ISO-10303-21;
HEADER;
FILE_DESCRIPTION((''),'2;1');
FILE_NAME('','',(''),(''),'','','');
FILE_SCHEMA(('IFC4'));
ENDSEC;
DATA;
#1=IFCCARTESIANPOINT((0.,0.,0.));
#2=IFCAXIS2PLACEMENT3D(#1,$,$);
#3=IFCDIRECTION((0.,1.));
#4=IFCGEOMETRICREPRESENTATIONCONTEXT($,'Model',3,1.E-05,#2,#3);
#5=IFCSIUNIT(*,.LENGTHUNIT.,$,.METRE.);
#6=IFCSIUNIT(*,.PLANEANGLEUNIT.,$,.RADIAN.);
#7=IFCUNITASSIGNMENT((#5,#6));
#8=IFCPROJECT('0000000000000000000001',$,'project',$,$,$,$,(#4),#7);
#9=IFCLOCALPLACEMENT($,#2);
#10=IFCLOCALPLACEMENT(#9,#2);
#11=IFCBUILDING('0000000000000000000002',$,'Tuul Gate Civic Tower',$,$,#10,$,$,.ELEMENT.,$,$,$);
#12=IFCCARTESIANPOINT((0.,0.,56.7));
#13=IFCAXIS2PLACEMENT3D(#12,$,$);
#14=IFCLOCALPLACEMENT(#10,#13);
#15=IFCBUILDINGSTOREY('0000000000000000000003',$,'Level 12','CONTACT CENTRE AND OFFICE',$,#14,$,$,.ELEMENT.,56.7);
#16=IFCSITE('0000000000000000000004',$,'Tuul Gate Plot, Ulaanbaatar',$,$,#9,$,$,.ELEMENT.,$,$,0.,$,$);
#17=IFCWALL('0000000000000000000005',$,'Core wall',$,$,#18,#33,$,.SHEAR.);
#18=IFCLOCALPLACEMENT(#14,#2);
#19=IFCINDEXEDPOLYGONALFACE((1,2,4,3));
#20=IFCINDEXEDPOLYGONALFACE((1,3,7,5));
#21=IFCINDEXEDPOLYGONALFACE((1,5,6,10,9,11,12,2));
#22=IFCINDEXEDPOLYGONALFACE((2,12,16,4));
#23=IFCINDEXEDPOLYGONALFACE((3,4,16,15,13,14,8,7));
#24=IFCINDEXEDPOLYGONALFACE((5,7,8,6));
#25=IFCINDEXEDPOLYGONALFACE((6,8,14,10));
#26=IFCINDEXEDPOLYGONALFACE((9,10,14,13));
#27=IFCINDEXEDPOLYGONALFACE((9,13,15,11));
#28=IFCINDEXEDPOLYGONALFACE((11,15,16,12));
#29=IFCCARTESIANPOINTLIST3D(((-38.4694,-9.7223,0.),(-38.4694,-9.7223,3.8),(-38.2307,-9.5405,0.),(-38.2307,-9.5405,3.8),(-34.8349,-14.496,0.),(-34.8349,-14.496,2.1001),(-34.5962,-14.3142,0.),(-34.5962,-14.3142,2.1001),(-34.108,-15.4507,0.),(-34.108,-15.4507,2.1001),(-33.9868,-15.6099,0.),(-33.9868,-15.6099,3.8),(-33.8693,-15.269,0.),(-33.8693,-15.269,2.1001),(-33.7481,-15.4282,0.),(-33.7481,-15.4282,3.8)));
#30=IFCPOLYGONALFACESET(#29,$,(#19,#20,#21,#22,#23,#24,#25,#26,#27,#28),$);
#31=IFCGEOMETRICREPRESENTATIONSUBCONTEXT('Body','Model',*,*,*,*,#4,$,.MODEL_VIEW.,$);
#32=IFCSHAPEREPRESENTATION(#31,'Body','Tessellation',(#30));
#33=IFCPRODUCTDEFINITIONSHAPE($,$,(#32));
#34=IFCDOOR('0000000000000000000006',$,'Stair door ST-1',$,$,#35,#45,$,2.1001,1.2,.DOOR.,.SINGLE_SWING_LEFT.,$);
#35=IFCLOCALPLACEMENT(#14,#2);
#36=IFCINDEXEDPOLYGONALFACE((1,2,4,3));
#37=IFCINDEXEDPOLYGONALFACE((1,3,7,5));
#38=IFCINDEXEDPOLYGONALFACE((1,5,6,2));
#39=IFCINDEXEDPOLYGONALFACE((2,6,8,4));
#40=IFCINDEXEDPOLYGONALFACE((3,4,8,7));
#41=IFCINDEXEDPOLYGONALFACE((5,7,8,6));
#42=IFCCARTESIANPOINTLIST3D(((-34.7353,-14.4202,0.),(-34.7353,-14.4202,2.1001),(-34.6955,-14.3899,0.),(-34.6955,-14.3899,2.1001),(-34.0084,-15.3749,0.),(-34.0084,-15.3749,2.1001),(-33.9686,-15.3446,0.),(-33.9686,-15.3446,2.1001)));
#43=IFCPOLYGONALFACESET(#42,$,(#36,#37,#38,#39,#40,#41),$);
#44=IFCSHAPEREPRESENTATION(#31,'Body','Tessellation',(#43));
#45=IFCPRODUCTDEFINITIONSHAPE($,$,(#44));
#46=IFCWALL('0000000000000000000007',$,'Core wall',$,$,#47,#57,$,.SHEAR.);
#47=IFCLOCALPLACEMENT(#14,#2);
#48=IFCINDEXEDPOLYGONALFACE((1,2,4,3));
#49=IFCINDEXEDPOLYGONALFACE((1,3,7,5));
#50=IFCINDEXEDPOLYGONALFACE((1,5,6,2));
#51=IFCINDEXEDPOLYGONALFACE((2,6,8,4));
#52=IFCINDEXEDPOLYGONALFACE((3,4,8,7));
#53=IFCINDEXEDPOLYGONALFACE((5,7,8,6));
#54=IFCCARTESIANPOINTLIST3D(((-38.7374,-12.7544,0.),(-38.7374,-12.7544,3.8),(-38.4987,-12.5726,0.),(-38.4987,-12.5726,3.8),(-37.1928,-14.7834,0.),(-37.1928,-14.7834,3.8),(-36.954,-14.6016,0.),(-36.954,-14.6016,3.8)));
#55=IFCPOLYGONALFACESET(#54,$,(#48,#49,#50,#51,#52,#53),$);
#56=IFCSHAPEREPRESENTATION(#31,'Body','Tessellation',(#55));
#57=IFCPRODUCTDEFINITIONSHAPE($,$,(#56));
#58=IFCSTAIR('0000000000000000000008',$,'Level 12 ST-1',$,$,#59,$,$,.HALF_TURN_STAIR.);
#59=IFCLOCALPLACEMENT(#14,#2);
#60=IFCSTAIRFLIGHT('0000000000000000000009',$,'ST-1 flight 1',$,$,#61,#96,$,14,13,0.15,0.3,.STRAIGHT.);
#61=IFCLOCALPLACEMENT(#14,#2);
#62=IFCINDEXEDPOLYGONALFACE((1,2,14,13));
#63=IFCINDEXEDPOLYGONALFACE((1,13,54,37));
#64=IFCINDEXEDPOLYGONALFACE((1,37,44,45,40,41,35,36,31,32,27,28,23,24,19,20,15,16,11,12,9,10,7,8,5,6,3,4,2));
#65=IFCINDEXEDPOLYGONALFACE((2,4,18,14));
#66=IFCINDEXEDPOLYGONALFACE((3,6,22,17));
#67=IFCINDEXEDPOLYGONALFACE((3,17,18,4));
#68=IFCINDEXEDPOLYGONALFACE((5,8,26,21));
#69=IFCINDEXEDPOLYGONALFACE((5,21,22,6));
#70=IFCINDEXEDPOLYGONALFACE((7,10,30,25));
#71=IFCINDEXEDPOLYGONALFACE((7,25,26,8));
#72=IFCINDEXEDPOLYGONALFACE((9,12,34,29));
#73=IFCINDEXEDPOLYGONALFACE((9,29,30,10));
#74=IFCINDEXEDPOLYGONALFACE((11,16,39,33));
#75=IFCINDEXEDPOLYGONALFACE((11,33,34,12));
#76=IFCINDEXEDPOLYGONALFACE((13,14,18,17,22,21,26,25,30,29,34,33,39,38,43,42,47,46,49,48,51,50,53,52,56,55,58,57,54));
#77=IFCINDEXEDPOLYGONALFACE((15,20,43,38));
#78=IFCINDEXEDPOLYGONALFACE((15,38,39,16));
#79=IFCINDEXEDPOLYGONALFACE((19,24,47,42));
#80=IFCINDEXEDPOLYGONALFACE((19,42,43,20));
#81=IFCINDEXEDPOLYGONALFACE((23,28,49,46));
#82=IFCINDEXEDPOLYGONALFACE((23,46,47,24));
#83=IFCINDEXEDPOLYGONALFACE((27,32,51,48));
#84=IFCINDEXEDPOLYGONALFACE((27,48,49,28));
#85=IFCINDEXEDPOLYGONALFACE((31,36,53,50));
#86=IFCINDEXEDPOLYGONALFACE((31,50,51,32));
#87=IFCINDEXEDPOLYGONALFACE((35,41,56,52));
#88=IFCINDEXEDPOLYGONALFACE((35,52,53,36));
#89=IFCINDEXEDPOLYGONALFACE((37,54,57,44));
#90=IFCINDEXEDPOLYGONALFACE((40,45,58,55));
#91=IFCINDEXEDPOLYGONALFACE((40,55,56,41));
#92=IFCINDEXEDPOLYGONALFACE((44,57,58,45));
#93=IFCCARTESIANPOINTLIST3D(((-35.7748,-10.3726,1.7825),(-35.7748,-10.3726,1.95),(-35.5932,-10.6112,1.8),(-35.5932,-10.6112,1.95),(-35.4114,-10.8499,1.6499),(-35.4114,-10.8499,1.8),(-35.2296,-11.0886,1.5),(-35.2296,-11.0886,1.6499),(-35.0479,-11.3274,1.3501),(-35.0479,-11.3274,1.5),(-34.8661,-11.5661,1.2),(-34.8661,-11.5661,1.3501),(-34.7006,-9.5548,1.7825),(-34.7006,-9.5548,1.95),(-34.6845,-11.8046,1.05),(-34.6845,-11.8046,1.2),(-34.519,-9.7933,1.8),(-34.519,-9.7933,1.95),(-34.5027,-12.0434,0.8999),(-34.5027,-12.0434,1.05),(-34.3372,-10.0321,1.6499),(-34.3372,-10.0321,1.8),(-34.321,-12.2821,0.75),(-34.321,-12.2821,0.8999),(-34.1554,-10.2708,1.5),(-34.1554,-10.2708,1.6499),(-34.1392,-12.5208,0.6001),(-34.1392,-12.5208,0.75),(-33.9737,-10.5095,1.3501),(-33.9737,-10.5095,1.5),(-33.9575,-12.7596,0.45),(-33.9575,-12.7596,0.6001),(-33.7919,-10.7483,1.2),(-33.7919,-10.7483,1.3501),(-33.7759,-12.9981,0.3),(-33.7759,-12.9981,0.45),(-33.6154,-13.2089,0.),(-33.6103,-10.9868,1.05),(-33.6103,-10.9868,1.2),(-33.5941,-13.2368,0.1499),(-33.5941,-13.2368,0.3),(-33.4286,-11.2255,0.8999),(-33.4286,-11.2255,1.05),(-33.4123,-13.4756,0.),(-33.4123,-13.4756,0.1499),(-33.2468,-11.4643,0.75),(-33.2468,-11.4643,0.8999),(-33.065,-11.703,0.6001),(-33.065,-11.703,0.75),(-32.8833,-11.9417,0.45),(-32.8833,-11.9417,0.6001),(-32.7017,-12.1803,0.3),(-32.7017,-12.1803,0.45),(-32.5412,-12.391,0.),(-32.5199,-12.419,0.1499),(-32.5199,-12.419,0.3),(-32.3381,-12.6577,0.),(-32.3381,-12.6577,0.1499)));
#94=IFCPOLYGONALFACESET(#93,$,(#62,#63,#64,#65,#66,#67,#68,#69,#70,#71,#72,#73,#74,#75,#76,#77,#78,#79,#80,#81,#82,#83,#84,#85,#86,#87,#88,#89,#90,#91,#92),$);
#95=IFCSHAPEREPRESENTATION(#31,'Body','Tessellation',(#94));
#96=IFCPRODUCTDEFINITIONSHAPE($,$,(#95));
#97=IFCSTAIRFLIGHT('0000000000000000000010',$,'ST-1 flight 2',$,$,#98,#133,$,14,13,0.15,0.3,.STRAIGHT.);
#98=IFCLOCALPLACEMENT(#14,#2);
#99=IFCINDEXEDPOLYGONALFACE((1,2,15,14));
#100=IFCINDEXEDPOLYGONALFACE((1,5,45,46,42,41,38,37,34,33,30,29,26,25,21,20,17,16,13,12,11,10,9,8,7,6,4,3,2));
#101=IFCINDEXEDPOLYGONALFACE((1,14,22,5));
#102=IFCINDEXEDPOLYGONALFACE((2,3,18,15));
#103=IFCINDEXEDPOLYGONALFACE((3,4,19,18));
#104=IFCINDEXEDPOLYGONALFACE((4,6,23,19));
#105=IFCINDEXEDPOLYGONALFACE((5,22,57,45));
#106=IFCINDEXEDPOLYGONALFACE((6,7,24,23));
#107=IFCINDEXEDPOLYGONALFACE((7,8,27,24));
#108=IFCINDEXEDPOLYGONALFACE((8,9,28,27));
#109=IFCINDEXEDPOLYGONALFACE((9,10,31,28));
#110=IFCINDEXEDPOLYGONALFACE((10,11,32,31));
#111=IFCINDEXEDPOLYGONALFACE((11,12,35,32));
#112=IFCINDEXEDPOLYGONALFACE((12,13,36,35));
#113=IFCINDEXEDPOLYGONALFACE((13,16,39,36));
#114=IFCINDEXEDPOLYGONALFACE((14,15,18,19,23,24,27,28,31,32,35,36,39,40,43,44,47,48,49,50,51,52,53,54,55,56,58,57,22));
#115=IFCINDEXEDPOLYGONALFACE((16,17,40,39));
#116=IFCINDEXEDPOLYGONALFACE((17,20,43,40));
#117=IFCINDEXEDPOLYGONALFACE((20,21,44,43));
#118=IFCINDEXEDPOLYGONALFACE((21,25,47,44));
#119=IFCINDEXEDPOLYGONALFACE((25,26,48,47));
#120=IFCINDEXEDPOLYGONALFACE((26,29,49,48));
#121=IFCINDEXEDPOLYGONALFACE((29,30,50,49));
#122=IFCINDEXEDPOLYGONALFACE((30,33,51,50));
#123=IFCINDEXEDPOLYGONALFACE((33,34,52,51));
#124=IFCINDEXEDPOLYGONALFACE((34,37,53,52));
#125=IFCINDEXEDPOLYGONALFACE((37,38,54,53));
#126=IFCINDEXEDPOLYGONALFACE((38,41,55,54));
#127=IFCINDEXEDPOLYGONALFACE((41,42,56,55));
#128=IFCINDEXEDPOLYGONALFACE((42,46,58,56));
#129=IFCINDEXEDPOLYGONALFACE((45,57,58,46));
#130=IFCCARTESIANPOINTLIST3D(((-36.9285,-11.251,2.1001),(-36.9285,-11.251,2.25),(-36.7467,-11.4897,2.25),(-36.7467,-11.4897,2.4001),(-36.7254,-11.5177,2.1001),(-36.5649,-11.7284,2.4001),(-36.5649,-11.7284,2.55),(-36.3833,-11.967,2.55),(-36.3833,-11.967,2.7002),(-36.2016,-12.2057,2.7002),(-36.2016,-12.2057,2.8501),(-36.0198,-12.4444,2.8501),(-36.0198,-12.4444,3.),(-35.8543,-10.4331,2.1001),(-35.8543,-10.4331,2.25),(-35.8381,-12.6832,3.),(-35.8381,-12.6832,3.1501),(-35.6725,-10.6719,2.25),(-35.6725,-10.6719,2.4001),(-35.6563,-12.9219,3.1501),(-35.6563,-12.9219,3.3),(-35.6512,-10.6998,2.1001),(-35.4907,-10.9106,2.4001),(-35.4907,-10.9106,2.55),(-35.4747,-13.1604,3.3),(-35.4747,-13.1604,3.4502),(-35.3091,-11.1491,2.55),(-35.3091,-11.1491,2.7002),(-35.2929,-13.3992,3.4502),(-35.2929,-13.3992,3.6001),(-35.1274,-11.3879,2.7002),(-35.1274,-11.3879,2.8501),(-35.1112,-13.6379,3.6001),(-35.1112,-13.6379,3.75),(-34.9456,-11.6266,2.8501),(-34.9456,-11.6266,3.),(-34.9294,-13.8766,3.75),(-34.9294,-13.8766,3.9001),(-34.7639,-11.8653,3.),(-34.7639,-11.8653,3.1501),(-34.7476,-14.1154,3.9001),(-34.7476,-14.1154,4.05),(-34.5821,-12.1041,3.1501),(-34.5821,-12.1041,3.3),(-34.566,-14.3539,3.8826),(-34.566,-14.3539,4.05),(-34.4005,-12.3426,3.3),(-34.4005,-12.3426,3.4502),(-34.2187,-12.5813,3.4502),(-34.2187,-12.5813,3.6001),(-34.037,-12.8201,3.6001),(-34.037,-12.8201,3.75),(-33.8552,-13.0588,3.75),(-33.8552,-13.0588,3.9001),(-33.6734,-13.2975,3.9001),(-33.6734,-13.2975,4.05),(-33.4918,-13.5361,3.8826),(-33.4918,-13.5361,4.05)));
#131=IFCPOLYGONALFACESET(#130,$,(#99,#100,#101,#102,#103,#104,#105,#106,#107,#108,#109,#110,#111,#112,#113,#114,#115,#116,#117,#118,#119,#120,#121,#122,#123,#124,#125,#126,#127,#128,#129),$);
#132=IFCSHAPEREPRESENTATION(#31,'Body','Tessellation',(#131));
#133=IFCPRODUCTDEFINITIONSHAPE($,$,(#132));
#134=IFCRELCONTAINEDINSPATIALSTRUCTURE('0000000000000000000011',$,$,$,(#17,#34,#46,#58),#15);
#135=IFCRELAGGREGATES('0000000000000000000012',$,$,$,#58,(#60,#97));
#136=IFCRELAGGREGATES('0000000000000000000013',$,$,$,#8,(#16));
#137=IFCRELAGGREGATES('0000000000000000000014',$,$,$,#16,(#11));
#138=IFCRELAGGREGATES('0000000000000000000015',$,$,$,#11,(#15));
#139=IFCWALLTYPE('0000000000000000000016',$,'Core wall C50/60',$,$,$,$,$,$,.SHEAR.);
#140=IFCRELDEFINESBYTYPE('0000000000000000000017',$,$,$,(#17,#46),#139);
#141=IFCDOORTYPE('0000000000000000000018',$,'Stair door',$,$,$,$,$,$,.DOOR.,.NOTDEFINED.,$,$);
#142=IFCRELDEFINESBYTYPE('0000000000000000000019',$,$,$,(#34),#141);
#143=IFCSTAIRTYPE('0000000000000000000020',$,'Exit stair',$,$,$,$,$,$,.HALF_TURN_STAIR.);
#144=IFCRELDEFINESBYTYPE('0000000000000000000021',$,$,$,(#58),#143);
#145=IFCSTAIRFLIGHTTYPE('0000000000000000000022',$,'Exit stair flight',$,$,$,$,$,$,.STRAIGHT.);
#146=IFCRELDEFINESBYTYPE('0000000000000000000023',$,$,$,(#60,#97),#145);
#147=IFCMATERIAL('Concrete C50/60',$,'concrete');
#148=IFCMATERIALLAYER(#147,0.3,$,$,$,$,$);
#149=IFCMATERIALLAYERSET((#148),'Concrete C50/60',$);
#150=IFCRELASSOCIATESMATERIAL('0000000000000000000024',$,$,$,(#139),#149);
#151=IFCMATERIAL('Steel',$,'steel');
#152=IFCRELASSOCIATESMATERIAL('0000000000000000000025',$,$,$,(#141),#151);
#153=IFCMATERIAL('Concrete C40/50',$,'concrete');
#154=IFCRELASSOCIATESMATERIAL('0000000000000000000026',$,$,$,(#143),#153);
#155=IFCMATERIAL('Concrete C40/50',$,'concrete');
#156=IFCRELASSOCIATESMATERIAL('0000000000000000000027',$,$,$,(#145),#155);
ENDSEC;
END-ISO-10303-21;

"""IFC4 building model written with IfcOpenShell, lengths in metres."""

from ifc_helpers import new_model, si_unit, direction, frame, frame_2d, origin, place, context, subcontext, project, spatial, polyline, rectangle, outline, extrude, material, layer, layer_set, type_object, element, fill, aggregate, save


model = new_model("IFC4")

# Units and contexts
model_context = context("Model", 3, precision=1e-05, world=origin(), true_north=direction((0.0, 1.0)))
body_context = subcontext(model_context, "Body", "Model", "MODEL_VIEW")
ifc_project = project(units=[si_unit("LENGTHUNIT", "METRE"), si_unit("PLANEANGLEUNIT", "RADIAN")], contexts=[model_context])

# Site, building, storey
site_placement = place(None, origin())
site = spatial("IfcSite", under=ifc_project, at=site_placement, Name="Tuul Gate Plot, Ulaanbaatar", CompositionType="ELEMENT", RefElevation=0.0)
building_placement = place(site_placement, origin())
building = spatial("IfcBuilding", under=site, at=building_placement, Name="Tuul Gate Civic Tower", CompositionType="ELEMENT")
storey_placement = place(building_placement, frame((0.0, 0.0, 56.7)))
storey = spatial("IfcBuildingStorey", under=building, at=storey_placement, Name="Level 12", Description="CONTACT CENTRE AND OFFICE", CompositionType="ELEMENT", Elevation=56.7)

# Shared definitions
ifc_material_1 = material(Name="Concrete C50/60", Category="concrete")
ifc_layer = layer(ifc_material_1, 0.3)
ifc_layer_set = layer_set([ifc_layer], Name="Concrete C50/60")
wall_type = type_object("IfcWallType", Name="Core wall C50/60", PredefinedType="SHEAR", material=ifc_layer_set)

# Wall, opening, door
wall_1_placement = place(storey_placement, frame((-33.8674, -15.519, 0.0), z_axis=(0.0, 0.0, 1.0), x_axis=(-0.60577, 0.79564, 0.0)))
wall_1 = element("IfcWall", 1, at=wall_1_placement, inside=storey, type_object=wall_type, Name="Core wall", PredefinedType="SHEAR", context=body_context, shape_type="SweptSolid", body=[
    extrude(rectangle(XDim=7.3999, YDim=0.3, at=frame_2d((3.7, 0.0))), origin(), (0.0, 0.0, 1.0), 3.8),
])
opening_1_placement = place(wall_1_placement, frame((0.2, 0.0, 0.0)))
opening_1 = element("IfcOpeningElement", 2, at=opening_1_placement, cuts=wall_1, PredefinedType="OPENING", context=body_context, shape_type="SweptSolid", body=[
    extrude(rectangle(XDim=1.2, YDim=2.1001, at=frame_2d((0.6001, 1.05))), frame((0.0, 0.1602, 0.0), z_axis=(0.0, -1.0, 0.0), x_axis=(1.0, 0.0, 0.0)), (0.0, 0.0, 1.0), 0.3201),
])
ifc_material_2 = material(Name="Steel", Category="steel")
door_type_1 = type_object("IfcDoorType", Name="Stair door", OperationType="NOTDEFINED", PredefinedType="DOOR", material=ifc_material_2)
door_1_placement = place(opening_1_placement, origin())
door_1 = element("IfcDoor", 3, at=door_1_placement, inside=storey, type_object=door_type_1, Name="Stair door ST-1", OperationType="SINGLE_SWING_LEFT", OverallHeight=2.1001, OverallWidth=1.2, PredefinedType="DOOR", context=body_context, shape_type="SweptSolid", body=[
    extrude(rectangle(XDim=1.2, YDim=2.1001, at=frame_2d((0.6001, 1.05))), frame((0.0, 0.0249, 0.0), z_axis=(0.0, -1.0, 0.0), x_axis=(1.0, 0.0, 0.0)), (0.0, 0.0, 1.0), 0.05),
])
fill(opening_1, door_1)

# Wall
wall_2_placement = place(storey_placement, frame((-37.0735, -14.6924, 0.0), z_axis=(0.0, 0.0, 1.0), x_axis=(-0.605729, 0.795671, 0.0)))
element("IfcWall", 4, at=wall_2_placement, inside=storey, type_object=wall_type, Name="Core wall", PredefinedType="SHEAR", context=body_context, shape_type="SweptSolid", body=[
    extrude(rectangle(XDim=2.55, YDim=0.3, at=frame_2d((1.2749, 0.0))), origin(), (0.0, 0.0, 1.0), 3.8),
])

# Stair, stair flights
ifc_material_3 = material(Name="Concrete C40/50", Category="concrete")
stair_type = type_object("IfcStairType", Name="Exit stair", PredefinedType="HALF_TURN_STAIR", material=ifc_material_3)
stair_placement = place(storey_placement, origin())
stair = element("IfcStair", 5, at=stair_placement, inside=storey, type_object=stair_type, Name="Level 12 ST-1", PredefinedType="HALF_TURN_STAIR")
ifc_material_4 = material(Name="Concrete C40/50", Category="concrete")
stair_flight_type = type_object("IfcStairFlightType", Name="Exit stair flight", PredefinedType="STRAIGHT", material=ifc_material_4)
stair_flight_1_placement = place(storey_placement, frame((-32.8752, -13.0667, 0.0), z_axis=(0.0, 0.0, 1.0), x_axis=(-0.605764, 0.795644, 0.0)))
stair_flight_1 = element("IfcStairFlight", 6, at=stair_flight_1_placement, type_object=stair_flight_type, Name="ST-1 flight 1", NumberOfRisers=14, NumberOfTreads=13, PredefinedType="STRAIGHT", RiserHeight=0.15, TreadLength=0.3, context=body_context, shape_type="SweptSolid", body=[
    extrude(outline(polyline([(0.0, 0.0), (0.0, 0.1499), (0.3, 0.1499), (0.3, 0.3), (0.6001, 0.3), (0.6001, 0.45), (0.8999, 0.45), (0.8999, 0.6001), (1.2, 0.6001), (1.2, 0.75), (1.5, 0.75), (1.5, 0.8999), (1.8, 0.8999), (1.8, 1.05), (2.1001, 1.05), (2.1001, 1.2), (2.3999, 1.2), (2.3999, 1.3501), (2.7, 1.3501), (2.7, 1.5), (3.0, 1.5), (3.0, 1.6499), (3.3, 1.6499), (3.3, 1.8), (3.6001, 1.8), (3.6001, 1.95), (3.8999, 1.95), (3.8999, 2.1001), (3.8999, 1.7825), (0.3352, 0.0), (0.0, 0.0)])), frame((0.0, 0.675, 0.0), z_axis=(0.0, -1.0, 0.0), x_axis=(1.0, 0.0, 0.0)), (0.0, 0.0, 1.0), 1.3501),
])
stair_flight_2_placement = place(storey_placement, frame((-36.3914, -10.842, 2.1001), z_axis=(0.0, 0.0, 1.0), x_axis=(0.605764, -0.795644, 0.0)))
stair_flight_2 = element("IfcStairFlight", 7, at=stair_flight_2_placement, type_object=stair_flight_type, Name="ST-1 flight 2", NumberOfRisers=14, NumberOfTreads=13, PredefinedType="STRAIGHT", RiserHeight=0.15, TreadLength=0.3, context=body_context, shape_type="SweptSolid", body=[
    extrude(outline(polyline([(0.0, 0.0), (0.0, 0.1499), (0.3, 0.1499), (0.3, 0.3), (0.6001, 0.3), (0.6001, 0.45), (0.8999, 0.45), (0.8999, 0.6001), (1.2, 0.6001), (1.2, 0.75), (1.5, 0.75), (1.5, 0.8999), (1.8, 0.8999), (1.8, 1.05), (2.1001, 1.05), (2.1001, 1.2), (2.3999, 1.2), (2.3999, 1.3501), (2.7, 1.3501), (2.7, 1.5), (3.0, 1.5), (3.0, 1.6499), (3.3, 1.6499), (3.3, 1.8), (3.6001, 1.8), (3.6001, 1.95), (3.8999, 1.95), (3.8999, 2.1001), (3.8999, 1.7825), (0.3352, 0.0), (0.0, 0.0)])), frame((0.0, 0.675, 0.0), z_axis=(0.0, -1.0, 0.0), x_axis=(1.0, 0.0, 0.0)), (0.0, 0.0, 1.0), 1.3501),
])
aggregate(stair, [stair_flight_1, stair_flight_2])

save(model, "model.ifc")
